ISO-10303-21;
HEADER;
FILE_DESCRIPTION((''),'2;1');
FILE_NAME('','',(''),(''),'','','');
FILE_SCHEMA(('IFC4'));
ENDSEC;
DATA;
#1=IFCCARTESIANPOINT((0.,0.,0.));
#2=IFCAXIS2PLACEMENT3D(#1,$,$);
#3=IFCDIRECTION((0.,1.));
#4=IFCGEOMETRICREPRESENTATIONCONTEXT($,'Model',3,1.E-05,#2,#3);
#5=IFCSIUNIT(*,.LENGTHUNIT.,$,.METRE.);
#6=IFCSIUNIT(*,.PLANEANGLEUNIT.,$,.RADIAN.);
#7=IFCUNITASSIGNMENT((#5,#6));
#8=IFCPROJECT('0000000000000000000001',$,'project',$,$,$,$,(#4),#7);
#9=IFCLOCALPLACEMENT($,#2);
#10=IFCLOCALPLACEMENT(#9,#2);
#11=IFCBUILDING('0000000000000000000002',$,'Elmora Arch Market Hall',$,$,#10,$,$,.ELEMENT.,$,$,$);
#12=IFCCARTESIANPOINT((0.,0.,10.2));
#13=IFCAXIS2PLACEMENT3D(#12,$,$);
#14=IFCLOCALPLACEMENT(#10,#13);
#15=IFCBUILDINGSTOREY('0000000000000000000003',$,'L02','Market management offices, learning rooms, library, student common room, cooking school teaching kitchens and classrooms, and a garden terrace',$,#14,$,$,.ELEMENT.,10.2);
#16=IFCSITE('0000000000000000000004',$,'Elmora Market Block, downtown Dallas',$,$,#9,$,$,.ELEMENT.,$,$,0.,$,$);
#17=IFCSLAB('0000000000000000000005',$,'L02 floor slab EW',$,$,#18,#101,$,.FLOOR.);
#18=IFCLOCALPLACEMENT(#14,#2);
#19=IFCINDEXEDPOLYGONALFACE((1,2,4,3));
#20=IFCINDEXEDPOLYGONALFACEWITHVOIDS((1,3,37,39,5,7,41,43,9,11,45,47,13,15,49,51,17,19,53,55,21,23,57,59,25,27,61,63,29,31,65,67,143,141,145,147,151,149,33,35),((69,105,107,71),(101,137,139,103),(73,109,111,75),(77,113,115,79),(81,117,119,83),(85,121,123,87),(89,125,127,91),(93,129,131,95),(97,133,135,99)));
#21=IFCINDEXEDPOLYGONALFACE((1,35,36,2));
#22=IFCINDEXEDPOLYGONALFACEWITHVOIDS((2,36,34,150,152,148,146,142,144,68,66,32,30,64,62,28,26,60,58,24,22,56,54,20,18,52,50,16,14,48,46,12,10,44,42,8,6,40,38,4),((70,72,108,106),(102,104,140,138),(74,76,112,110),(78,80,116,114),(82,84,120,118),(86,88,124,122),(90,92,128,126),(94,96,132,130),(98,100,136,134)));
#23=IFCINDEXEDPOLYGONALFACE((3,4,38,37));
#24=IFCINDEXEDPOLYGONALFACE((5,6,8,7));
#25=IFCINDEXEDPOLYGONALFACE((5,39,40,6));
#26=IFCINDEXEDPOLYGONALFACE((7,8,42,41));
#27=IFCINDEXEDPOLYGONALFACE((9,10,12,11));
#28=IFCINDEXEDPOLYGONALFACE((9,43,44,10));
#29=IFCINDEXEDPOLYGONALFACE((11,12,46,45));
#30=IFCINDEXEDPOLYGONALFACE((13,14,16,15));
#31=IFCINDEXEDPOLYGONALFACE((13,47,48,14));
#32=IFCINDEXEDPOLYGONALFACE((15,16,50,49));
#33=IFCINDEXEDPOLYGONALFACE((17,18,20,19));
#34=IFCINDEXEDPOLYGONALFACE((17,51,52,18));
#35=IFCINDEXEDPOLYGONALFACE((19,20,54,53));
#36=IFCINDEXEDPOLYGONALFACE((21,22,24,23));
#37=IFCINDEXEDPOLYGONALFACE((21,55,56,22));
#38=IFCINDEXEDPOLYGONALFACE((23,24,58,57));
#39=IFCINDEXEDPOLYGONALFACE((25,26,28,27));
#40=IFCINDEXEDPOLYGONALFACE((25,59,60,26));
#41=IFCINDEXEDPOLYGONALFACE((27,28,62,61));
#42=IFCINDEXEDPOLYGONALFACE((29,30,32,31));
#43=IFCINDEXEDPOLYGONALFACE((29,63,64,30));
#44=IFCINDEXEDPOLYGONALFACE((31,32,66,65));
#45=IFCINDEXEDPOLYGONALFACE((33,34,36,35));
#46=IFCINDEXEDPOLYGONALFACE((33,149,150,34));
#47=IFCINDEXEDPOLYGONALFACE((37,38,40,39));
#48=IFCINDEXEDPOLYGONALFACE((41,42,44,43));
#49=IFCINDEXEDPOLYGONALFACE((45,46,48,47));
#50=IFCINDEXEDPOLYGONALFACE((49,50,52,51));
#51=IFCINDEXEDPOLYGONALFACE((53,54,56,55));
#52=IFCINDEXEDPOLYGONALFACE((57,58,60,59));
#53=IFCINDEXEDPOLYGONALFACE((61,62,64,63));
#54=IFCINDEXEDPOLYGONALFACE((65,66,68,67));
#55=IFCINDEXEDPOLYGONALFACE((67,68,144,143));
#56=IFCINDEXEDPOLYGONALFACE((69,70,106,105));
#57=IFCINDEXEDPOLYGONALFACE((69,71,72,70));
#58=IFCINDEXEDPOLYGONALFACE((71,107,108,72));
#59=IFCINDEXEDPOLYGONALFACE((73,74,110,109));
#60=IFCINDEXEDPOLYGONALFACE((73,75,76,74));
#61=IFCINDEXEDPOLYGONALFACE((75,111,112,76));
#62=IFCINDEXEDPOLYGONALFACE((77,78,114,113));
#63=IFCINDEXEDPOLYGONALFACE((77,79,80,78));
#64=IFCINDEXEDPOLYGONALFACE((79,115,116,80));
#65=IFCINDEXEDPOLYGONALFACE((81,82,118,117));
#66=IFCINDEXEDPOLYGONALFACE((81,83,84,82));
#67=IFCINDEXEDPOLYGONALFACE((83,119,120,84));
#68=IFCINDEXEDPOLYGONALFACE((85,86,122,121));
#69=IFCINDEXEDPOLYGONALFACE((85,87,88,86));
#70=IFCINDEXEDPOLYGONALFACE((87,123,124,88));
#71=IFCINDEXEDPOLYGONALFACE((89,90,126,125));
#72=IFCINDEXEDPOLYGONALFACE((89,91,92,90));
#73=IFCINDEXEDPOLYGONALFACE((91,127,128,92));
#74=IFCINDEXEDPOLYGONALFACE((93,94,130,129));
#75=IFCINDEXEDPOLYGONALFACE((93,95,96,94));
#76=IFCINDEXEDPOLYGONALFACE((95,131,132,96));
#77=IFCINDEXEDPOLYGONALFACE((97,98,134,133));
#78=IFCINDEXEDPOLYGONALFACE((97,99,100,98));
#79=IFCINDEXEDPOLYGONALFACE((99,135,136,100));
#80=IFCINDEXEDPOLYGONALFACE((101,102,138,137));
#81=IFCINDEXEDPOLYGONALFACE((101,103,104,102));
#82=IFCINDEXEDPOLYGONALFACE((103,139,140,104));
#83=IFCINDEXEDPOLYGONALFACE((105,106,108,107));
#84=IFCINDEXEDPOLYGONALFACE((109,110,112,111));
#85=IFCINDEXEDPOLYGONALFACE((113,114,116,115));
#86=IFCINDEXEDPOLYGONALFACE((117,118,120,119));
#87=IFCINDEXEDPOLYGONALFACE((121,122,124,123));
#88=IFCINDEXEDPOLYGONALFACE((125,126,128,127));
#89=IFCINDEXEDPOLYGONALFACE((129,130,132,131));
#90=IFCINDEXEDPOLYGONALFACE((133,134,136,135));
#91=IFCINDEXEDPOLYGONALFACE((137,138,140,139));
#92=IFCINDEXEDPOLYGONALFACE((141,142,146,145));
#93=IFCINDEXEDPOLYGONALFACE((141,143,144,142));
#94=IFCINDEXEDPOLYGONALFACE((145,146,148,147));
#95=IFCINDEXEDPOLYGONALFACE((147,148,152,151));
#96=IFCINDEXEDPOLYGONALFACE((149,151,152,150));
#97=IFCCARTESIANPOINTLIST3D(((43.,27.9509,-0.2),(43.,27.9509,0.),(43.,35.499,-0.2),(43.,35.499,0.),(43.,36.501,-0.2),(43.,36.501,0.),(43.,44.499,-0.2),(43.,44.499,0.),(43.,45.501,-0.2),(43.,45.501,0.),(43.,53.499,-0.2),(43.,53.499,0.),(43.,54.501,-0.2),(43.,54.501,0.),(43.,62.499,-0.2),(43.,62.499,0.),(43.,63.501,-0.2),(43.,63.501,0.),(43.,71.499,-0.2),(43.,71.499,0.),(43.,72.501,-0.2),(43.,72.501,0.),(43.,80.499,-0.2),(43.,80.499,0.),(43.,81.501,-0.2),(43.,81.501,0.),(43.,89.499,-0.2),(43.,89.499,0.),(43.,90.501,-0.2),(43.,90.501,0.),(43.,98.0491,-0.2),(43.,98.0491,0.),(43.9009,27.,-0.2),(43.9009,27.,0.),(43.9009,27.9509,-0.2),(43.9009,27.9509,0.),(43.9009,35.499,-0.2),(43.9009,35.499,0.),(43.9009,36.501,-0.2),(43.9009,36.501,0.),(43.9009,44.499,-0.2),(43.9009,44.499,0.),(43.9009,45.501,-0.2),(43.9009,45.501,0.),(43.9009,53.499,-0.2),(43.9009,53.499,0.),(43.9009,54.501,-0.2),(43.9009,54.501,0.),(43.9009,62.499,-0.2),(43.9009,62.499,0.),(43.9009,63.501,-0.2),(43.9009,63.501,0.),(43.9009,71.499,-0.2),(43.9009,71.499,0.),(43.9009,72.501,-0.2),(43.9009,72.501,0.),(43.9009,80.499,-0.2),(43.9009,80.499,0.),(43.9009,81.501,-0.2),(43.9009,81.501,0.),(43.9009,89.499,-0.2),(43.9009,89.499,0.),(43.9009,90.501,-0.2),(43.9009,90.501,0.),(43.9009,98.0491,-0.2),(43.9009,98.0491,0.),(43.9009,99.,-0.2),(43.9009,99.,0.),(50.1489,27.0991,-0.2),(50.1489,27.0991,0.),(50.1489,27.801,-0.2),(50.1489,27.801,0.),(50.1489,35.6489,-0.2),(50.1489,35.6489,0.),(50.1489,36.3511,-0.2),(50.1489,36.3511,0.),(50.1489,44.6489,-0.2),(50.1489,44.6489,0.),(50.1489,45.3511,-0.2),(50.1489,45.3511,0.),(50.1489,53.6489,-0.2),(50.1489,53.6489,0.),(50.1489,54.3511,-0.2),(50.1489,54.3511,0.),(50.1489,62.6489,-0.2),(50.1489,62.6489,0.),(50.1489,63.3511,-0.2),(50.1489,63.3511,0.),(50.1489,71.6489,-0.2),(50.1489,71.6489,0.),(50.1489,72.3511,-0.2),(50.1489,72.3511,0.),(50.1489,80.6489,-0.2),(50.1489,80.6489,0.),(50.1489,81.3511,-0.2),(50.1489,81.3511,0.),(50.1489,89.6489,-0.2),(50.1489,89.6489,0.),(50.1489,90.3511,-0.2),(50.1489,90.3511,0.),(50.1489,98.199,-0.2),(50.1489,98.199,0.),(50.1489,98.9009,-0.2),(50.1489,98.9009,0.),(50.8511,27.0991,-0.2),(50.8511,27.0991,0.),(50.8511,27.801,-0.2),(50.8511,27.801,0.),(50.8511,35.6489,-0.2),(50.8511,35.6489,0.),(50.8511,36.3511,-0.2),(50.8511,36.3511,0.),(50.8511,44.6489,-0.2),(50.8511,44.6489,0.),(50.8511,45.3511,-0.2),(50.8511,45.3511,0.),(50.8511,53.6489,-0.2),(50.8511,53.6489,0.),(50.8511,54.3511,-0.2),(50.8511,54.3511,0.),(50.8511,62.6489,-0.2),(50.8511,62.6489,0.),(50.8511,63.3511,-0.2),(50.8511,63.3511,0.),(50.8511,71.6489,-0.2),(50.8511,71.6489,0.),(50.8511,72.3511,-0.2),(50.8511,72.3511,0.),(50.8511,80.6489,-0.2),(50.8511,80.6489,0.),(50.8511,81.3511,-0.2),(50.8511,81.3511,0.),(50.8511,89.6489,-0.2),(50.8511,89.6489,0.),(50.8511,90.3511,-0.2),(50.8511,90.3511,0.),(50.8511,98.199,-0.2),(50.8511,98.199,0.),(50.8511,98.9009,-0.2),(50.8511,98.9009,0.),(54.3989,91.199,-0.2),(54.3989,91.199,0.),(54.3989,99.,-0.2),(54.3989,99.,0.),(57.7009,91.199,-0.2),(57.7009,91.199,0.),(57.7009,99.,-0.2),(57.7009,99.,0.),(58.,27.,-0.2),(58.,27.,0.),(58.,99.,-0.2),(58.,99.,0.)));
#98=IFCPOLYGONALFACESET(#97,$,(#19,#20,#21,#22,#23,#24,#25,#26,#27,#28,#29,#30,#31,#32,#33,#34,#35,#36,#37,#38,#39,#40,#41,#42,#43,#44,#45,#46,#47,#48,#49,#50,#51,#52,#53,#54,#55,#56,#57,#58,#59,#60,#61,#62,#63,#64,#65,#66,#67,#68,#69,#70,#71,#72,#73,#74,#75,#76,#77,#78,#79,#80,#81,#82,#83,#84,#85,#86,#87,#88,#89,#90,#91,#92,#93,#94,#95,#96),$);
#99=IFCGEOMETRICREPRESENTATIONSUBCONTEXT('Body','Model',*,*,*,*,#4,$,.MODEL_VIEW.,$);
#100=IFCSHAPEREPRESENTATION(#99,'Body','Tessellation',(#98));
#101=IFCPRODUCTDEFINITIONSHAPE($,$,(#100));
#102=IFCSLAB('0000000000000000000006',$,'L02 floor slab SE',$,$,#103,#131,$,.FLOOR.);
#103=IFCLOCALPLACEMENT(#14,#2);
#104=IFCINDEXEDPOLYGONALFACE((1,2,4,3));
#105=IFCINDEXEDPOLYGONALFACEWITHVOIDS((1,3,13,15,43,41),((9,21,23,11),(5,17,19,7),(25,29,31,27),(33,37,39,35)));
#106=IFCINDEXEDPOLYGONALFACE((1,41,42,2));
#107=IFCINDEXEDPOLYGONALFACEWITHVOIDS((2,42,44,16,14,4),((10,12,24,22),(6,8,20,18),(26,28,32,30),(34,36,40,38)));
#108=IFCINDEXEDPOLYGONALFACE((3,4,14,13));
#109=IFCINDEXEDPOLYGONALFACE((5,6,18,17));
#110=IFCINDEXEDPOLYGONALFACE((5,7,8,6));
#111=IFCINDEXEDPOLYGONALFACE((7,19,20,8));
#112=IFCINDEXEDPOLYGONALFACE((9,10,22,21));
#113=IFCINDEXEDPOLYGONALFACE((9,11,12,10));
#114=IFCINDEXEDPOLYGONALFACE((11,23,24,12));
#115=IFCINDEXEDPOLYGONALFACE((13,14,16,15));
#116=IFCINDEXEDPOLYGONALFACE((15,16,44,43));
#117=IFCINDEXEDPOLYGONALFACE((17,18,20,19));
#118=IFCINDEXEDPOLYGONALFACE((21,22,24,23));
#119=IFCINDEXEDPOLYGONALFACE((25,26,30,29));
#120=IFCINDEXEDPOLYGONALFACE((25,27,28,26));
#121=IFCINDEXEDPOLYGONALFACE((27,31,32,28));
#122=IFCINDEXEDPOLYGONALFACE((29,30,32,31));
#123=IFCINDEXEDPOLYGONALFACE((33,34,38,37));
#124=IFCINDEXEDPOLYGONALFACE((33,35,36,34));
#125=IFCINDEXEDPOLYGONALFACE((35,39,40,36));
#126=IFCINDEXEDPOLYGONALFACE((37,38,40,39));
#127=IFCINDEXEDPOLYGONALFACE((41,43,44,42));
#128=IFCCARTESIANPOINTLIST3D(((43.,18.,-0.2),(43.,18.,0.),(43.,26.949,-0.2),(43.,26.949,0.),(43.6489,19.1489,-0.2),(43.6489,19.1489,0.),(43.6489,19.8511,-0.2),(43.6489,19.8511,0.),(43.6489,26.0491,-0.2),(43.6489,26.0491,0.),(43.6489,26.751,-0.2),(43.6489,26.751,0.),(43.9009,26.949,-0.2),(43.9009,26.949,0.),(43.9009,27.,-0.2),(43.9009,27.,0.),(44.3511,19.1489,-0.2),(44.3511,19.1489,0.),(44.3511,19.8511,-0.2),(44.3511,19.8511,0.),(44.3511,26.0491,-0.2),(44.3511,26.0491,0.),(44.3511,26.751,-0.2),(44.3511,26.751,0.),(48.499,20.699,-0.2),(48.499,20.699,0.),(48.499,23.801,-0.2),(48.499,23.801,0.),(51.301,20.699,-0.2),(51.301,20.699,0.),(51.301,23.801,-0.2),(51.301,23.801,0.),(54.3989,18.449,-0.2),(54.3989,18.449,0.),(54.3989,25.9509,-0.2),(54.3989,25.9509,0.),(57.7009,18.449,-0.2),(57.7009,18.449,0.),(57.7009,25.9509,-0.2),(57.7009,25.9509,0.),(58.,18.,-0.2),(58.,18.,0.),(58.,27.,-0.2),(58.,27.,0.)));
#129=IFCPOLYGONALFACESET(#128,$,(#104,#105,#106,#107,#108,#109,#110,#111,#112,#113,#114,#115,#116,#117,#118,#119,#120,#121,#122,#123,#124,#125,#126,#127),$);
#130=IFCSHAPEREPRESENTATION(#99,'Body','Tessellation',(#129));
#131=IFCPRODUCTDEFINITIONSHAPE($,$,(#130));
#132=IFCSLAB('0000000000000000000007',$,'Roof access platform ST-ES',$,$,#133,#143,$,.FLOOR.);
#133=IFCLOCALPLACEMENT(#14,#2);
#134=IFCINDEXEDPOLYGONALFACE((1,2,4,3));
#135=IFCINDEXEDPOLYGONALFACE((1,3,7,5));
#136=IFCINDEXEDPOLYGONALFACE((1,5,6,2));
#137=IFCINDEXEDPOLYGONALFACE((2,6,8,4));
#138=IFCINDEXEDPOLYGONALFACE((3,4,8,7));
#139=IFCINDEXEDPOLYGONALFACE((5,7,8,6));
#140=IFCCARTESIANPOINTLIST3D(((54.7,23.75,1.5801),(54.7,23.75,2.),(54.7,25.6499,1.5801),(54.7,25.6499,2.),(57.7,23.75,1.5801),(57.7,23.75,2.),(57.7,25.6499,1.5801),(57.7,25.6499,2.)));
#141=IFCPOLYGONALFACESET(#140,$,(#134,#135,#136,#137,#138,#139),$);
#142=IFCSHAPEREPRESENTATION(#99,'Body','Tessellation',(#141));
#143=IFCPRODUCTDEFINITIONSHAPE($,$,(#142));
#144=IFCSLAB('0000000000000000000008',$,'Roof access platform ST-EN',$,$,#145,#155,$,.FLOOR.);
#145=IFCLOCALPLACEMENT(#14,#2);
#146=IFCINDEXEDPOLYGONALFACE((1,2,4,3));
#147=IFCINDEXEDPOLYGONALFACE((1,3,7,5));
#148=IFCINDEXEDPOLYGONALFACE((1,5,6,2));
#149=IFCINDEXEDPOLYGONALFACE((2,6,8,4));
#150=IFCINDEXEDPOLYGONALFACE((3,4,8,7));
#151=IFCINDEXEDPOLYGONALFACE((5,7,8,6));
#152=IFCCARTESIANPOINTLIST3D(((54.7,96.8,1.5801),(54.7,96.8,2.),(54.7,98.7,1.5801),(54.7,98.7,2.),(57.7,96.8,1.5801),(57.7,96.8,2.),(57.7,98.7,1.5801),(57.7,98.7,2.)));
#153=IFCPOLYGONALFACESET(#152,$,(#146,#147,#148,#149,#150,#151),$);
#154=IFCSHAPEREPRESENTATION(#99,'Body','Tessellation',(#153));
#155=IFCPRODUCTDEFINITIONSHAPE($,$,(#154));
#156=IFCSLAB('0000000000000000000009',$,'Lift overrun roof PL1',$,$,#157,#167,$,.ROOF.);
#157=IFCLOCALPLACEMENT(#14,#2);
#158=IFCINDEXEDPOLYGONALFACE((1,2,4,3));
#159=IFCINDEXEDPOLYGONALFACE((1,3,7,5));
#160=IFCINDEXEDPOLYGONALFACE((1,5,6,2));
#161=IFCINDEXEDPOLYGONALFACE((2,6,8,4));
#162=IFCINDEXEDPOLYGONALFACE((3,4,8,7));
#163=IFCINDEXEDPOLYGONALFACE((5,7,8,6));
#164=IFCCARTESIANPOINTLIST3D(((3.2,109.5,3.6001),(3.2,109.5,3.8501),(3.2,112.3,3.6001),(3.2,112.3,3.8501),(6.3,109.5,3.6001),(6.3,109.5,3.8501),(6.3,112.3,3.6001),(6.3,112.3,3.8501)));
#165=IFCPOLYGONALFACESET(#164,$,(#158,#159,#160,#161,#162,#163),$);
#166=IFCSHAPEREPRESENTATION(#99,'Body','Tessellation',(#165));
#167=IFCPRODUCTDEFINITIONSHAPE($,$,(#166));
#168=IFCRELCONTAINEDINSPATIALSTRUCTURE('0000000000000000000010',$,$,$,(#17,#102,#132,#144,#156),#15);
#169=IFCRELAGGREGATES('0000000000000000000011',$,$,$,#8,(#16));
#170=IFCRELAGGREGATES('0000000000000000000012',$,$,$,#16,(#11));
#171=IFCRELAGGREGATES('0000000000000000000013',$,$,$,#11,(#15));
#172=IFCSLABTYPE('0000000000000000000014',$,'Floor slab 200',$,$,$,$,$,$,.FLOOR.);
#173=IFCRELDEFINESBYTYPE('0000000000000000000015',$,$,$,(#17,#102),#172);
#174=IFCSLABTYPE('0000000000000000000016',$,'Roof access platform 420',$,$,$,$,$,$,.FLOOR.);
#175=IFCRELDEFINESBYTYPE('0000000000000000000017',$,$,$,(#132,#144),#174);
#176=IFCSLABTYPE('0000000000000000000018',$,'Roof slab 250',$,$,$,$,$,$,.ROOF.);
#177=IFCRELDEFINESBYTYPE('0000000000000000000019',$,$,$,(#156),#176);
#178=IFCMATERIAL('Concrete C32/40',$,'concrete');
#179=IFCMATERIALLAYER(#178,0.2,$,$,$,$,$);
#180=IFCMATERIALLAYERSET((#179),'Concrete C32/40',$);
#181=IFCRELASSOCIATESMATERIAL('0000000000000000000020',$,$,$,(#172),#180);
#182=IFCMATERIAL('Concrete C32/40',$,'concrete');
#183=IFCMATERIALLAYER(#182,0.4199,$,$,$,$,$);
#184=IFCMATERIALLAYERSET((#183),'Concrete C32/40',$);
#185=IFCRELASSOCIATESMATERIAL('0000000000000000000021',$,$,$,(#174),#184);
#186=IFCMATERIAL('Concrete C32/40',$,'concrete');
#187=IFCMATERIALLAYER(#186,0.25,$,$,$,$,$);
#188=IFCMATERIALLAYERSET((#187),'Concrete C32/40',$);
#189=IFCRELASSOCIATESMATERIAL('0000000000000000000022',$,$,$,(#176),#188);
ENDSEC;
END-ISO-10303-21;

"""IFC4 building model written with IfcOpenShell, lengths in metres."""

from ifc_helpers import new_model, si_unit, direction, frame, origin, place, context, subcontext, project, spatial, polyline, outline, extrude, material, layer, layer_set, type_object, element, save


model = new_model("IFC4")

# Units and contexts
model_context = context("Model", 3, precision=1e-05, world=origin(), true_north=direction((0.0, 1.0)))
body_context = subcontext(model_context, "Body", "Model", "MODEL_VIEW")
ifc_project = project(units=[si_unit("LENGTHUNIT", "METRE"), si_unit("PLANEANGLEUNIT", "RADIAN")], contexts=[model_context])

# Site, building, storey
site_placement = place(None, origin())
site = spatial("IfcSite", under=ifc_project, at=site_placement, Name="Elmora Market Block, downtown Dallas", CompositionType="ELEMENT", RefElevation=0.0)
building_placement = place(site_placement, origin())
building = spatial("IfcBuilding", under=site, at=building_placement, Name="Elmora Arch Market Hall", CompositionType="ELEMENT")
storey_placement = place(building_placement, frame((0.0, 0.0, 10.2)))
storey = spatial("IfcBuildingStorey", under=building, at=storey_placement, Name="L02", Description="Market management offices, learning rooms, library, student common room, cooking school teaching kitchens and classrooms, and a garden terrace", CompositionType="ELEMENT", Elevation=10.2)

# Slabs
ifc_material_1 = material(Name="Concrete C32/40", Category="concrete")
ifc_layer_1 = layer(ifc_material_1, 0.2)
ifc_layer_set_1 = layer_set([ifc_layer_1], Name="Concrete C32/40")
slab_type_1 = type_object("IfcSlabType", Name="Floor slab 200", PredefinedType="FLOOR", material=ifc_layer_set_1)
slab_1_placement = place(storey_placement, frame((0.0, 0.0, -0.2)))
element("IfcSlab", 1, at=slab_1_placement, inside=storey, type_object=slab_type_1, Name="L02 floor slab EW", PredefinedType="FLOOR", context=body_context, shape_type="SweptSolid", body=[
    extrude(outline(polyline([(58.0, 99.0), (58.0, 27.0), (43.9009, 27.0), (43.9009, 27.9509), (43.0, 27.9509), (43.0, 35.499), (43.9009, 35.499), (43.9009, 36.501), (43.0, 36.501), (43.0, 44.499), (43.9009, 44.499), (43.9009, 45.501), (43.0, 45.501), (43.0, 53.499), (43.9009, 53.499), (43.9009, 54.501), (43.0, 54.501), (43.0, 62.499), (43.9009, 62.499), (43.9009, 63.501), (43.0, 63.501), (43.0, 71.499), (43.9009, 71.499), (43.9009, 72.501), (43.0, 72.501), (43.0, 80.499), (43.9009, 80.499), (43.9009, 81.501), (43.0, 81.501), (43.0, 89.499), (43.9009, 89.499), (43.9009, 90.501), (43.0, 90.501), (43.0, 98.0491), (43.9009, 98.0491), (43.9009, 99.0), (54.3989, 99.0), (54.3989, 91.199), (57.7009, 91.199), (57.7009, 99.0), (58.0, 99.0)]), holes=[polyline([(50.1489, 54.3511), (50.1489, 53.6489), (50.8511, 53.6489), (50.8511, 54.3511), (50.1489, 54.3511)]), polyline([(50.1489, 27.0991), (50.8511, 27.0991), (50.8511, 27.801), (50.1489, 27.801), (50.1489, 27.0991)]), polyline([(50.1489, 44.6489), (50.8511, 44.6489), (50.8511, 45.3511), (50.1489, 45.3511), (50.1489, 44.6489)]), polyline([(50.1489, 71.6489), (50.8511, 71.6489), (50.8511, 72.3511), (50.1489, 72.3511), (50.1489, 71.6489)]), polyline([(50.1489, 36.3511), (50.1489, 35.6489), (50.8511, 35.6489), (50.8511, 36.3511), (50.1489, 36.3511)]), polyline([(50.1489, 63.3511), (50.1489, 62.6489), (50.8511, 62.6489), (50.8511, 63.3511), (50.1489, 63.3511)]), polyline([(50.1489, 81.3511), (50.1489, 80.6489), (50.8511, 80.6489), (50.8511, 81.3511), (50.1489, 81.3511)]), polyline([(50.1489, 90.3511), (50.1489, 89.6489), (50.8511, 89.6489), (50.8511, 90.3511), (50.1489, 90.3511)]), polyline([(50.1489, 98.9009), (50.1489, 98.199), (50.8511, 98.199), (50.8511, 98.9009), (50.1489, 98.9009)])]), origin(), (0.0, 0.0, 1.0), 0.2),
])
slab_2_placement = place(storey_placement, frame((0.0, 0.0, -0.2)))
element("IfcSlab", 2, at=slab_2_placement, inside=storey, type_object=slab_type_1, Name="L02 floor slab SE", PredefinedType="FLOOR", context=body_context, shape_type="SweptSolid", body=[
    extrude(outline(polyline([(58.0, 27.0), (58.0, 18.0), (43.0, 18.0), (43.0, 26.949), (43.9009, 26.949), (43.9009, 27.0), (58.0, 27.0)]), holes=[polyline([(54.3989, 25.9509), (54.3989, 18.449), (57.7009, 18.449), (57.7009, 25.9509), (54.3989, 25.9509)]), polyline([(51.301, 20.699), (51.301, 23.801), (48.499, 23.801), (48.499, 20.699), (51.301, 20.699)]), polyline([(43.6489, 26.751), (43.6489, 26.0491), (44.3511, 26.0491), (44.3511, 26.751), (43.6489, 26.751)]), polyline([(43.6489, 19.8511), (43.6489, 19.1489), (44.3511, 19.1489), (44.3511, 19.8511), (43.6489, 19.8511)])]), origin(), (0.0, 0.0, 1.0), 0.2),
])
ifc_material_2 = material(Name="Concrete C32/40", Category="concrete")
ifc_layer_2 = layer(ifc_material_2, 0.4199)
ifc_layer_set_2 = layer_set([ifc_layer_2], Name="Concrete C32/40")
slab_type_2 = type_object("IfcSlabType", Name="Roof access platform 420", PredefinedType="FLOOR", material=ifc_layer_set_2)
slab_3_placement = place(storey_placement, frame((0.0, 0.0, 1.5801)))
element("IfcSlab", 3, at=slab_3_placement, inside=storey, type_object=slab_type_2, Name="Roof access platform ST-ES", PredefinedType="FLOOR", context=body_context, shape_type="SweptSolid", body=[
    extrude(outline(polyline([(54.7, 23.75), (57.7, 23.75), (57.7, 25.6499), (54.7, 25.6499), (54.7, 23.75)])), origin(), (0.0, 0.0, 1.0), 0.4199),
])
slab_4_placement = place(storey_placement, frame((0.0, 0.0, 1.5801)))
element("IfcSlab", 4, at=slab_4_placement, inside=storey, type_object=slab_type_2, Name="Roof access platform ST-EN", PredefinedType="FLOOR", context=body_context, shape_type="SweptSolid", body=[
    extrude(outline(polyline([(54.7, 96.8), (57.7, 96.8), (57.7, 98.7), (54.7, 98.7), (54.7, 96.8)])), origin(), (0.0, 0.0, 1.0), 0.4199),
])
ifc_material_3 = material(Name="Concrete C32/40", Category="concrete")
ifc_layer_3 = layer(ifc_material_3, 0.25)
ifc_layer_set_3 = layer_set([ifc_layer_3], Name="Concrete C32/40")
slab_type_3 = type_object("IfcSlabType", Name="Roof slab 250", PredefinedType="ROOF", material=ifc_layer_set_3)
slab_5_placement = place(storey_placement, frame((0.0, 0.0, 3.6001)))
element("IfcSlab", 5, at=slab_5_placement, inside=storey, type_object=slab_type_3, Name="Lift overrun roof PL1", PredefinedType="ROOF", context=body_context, shape_type="SweptSolid", body=[
    extrude(outline(polyline([(6.3, 109.5), (6.3, 112.3), (3.2, 112.3), (3.2, 109.5), (6.3, 109.5)])), origin(), (0.0, 0.0, 1.0), 0.25),
])

save(model, "model.ifc")
